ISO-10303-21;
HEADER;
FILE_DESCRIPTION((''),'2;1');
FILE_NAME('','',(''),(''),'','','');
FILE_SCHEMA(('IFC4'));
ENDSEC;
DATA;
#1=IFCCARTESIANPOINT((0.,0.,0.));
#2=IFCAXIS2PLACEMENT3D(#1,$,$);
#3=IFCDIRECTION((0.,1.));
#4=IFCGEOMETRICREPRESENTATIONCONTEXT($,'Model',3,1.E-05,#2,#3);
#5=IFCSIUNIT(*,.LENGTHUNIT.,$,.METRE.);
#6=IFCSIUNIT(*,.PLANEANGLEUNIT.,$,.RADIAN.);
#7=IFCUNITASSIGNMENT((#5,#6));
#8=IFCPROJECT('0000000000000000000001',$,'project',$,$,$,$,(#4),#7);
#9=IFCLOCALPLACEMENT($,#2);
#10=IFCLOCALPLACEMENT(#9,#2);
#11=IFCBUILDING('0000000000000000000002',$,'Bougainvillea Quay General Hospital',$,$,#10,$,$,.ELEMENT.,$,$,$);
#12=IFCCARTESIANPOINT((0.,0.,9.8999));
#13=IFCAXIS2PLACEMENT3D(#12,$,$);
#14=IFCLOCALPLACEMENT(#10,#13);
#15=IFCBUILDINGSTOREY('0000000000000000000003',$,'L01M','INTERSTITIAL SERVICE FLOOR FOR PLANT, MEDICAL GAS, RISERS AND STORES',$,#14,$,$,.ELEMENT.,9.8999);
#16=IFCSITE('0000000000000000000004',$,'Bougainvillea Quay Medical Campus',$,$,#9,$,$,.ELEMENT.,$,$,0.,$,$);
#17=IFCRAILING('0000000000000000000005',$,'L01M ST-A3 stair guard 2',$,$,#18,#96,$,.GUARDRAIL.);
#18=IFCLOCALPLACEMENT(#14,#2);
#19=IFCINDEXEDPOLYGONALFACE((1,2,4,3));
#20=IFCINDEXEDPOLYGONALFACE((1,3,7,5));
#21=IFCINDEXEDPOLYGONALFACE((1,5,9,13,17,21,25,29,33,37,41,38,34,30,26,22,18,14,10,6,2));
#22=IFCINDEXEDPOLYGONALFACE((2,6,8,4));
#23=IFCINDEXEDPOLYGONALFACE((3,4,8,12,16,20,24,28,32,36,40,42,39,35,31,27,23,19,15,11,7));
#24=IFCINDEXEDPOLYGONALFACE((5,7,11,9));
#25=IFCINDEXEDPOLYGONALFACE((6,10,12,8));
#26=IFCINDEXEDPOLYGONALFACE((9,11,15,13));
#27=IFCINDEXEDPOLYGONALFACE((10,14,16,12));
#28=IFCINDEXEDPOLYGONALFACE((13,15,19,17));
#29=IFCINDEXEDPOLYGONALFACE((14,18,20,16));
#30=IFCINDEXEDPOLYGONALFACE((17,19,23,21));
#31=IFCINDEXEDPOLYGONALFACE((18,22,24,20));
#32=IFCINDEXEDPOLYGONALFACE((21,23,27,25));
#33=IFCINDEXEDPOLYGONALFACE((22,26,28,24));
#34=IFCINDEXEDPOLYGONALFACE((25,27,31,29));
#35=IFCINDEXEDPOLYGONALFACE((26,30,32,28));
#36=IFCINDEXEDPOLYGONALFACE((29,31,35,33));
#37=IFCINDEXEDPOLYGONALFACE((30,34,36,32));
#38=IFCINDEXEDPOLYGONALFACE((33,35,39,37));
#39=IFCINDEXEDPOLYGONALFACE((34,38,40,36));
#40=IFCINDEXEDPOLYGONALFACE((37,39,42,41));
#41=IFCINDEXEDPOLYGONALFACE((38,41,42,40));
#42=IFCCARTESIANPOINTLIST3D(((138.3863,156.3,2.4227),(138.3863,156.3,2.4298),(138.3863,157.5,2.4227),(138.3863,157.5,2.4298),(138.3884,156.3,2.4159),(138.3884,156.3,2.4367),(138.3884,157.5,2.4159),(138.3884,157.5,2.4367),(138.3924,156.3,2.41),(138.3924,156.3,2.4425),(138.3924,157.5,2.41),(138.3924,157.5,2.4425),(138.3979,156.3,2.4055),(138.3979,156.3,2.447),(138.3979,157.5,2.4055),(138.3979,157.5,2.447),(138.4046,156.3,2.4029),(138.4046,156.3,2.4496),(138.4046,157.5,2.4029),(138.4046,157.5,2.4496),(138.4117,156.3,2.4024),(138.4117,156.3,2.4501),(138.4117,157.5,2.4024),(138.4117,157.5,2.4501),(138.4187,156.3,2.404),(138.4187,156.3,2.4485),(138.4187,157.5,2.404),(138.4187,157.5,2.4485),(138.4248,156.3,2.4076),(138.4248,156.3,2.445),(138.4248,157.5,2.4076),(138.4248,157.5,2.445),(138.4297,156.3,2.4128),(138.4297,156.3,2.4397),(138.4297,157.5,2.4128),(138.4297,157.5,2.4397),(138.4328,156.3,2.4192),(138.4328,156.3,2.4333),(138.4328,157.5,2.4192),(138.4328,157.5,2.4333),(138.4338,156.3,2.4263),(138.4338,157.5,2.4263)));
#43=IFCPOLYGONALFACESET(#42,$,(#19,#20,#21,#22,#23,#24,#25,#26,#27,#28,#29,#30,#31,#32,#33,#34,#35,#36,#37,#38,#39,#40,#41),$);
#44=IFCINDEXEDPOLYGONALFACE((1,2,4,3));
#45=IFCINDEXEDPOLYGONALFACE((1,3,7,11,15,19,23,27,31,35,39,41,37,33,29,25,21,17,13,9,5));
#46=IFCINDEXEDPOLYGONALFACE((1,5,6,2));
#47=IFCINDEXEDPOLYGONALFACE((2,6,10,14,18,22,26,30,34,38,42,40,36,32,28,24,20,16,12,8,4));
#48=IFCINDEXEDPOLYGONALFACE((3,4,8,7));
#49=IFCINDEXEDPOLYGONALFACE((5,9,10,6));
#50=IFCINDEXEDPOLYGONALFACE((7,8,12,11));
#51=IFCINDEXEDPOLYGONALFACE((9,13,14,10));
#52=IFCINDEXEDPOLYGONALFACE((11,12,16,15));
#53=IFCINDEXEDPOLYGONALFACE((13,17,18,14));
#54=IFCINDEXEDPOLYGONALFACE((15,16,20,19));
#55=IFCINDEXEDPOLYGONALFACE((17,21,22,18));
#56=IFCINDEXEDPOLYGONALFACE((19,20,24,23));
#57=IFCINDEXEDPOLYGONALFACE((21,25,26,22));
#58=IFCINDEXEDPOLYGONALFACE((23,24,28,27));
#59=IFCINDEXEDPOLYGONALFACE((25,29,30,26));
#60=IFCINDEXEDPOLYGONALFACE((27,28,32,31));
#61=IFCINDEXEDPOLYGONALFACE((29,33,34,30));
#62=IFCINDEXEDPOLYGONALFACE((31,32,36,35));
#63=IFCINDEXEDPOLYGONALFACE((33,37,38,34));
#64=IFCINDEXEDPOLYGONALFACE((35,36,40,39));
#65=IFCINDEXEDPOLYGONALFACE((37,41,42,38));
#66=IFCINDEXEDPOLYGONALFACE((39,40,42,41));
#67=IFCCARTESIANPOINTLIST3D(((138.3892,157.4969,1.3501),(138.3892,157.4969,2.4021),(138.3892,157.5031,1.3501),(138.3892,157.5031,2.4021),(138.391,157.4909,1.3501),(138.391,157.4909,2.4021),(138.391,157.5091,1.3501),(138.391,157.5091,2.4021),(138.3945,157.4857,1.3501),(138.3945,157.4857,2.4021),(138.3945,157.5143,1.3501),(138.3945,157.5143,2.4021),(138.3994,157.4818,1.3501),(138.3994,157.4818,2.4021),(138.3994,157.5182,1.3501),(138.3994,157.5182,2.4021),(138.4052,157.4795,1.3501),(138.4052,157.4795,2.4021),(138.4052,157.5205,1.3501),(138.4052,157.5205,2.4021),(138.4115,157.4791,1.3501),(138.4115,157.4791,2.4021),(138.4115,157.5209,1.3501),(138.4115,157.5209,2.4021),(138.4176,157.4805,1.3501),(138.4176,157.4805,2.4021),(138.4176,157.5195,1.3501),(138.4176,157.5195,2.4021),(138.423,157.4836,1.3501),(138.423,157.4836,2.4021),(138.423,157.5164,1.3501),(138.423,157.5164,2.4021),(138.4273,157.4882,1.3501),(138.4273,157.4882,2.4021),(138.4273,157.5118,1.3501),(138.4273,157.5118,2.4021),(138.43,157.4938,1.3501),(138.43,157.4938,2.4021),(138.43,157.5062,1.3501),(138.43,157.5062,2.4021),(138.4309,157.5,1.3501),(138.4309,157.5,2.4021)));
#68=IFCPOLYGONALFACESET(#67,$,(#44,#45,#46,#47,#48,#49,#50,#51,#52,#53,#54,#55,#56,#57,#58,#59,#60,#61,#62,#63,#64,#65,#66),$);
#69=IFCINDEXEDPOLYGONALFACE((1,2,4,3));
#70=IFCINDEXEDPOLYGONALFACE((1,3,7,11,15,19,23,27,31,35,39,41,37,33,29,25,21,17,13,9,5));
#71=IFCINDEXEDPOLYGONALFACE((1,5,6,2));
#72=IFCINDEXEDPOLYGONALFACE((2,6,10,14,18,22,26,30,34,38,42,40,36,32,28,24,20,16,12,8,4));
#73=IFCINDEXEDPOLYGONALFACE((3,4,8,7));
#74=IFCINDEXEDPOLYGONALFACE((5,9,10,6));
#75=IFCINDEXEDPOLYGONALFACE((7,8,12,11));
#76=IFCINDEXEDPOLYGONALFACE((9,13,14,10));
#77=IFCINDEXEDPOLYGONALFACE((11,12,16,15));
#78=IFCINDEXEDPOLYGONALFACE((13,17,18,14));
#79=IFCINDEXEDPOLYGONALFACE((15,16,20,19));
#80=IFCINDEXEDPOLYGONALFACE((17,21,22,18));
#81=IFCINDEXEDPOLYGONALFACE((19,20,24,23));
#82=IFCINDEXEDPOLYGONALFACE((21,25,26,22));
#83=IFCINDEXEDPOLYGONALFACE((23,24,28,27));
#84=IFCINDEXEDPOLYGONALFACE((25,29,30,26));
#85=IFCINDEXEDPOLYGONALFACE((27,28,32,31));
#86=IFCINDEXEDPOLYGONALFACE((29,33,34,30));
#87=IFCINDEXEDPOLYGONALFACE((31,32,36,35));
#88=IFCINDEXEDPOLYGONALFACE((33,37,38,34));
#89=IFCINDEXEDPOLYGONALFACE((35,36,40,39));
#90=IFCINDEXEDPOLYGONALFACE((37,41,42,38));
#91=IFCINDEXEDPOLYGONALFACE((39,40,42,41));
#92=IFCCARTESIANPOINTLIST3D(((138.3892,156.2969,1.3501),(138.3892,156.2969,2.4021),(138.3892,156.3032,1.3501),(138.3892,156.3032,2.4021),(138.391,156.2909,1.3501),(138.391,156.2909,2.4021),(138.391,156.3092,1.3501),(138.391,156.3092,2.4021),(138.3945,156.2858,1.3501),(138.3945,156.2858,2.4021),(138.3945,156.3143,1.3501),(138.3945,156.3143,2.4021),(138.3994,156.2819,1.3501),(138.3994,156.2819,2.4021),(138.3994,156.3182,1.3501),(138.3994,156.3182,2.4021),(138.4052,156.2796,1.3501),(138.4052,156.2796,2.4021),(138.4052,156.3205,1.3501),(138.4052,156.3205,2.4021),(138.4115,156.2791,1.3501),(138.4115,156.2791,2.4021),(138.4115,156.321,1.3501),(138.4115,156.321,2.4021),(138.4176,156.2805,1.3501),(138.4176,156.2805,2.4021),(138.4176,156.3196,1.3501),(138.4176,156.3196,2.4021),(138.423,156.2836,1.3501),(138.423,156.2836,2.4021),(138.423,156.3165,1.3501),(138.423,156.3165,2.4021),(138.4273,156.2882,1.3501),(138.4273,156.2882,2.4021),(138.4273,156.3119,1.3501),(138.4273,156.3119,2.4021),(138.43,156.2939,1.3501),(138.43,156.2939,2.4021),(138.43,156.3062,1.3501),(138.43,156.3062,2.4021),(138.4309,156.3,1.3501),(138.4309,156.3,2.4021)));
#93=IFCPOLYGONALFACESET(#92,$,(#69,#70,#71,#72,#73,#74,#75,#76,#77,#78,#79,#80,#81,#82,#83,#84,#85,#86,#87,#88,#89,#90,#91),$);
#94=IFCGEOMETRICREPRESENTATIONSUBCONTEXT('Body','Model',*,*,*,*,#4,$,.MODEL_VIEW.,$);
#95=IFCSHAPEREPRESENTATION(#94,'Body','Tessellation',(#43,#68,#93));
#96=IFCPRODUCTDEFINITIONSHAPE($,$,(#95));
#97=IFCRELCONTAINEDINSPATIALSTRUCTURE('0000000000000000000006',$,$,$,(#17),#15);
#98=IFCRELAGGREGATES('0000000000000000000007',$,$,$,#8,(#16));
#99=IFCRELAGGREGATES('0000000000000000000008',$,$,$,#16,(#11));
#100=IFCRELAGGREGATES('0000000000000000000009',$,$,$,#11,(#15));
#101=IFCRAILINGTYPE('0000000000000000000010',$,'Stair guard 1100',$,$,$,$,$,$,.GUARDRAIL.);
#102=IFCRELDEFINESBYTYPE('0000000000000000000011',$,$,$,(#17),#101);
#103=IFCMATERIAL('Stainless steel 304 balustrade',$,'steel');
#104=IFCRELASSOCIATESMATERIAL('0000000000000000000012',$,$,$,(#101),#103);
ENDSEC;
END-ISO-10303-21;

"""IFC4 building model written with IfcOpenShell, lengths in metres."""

from ifc_helpers import new_model, si_unit, direction, frame, origin, origin_2d, place, context, subcontext, project, spatial, circle, extrude, material, type_object, element, save


model = new_model("IFC4")

# Units and contexts
model_context = context("Model", 3, precision=1e-05, world=origin(), true_north=direction((0.0, 1.0)))
body_context = subcontext(model_context, "Body", "Model", "MODEL_VIEW")
ifc_project = project(units=[si_unit("LENGTHUNIT", "METRE"), si_unit("PLANEANGLEUNIT", "RADIAN")], contexts=[model_context])

# Site, building, storey
site_placement = place(None, origin())
site = spatial("IfcSite", under=ifc_project, at=site_placement, Name="Bougainvillea Quay Medical Campus", CompositionType="ELEMENT", RefElevation=0.0)
building_placement = place(site_placement, origin())
building = spatial("IfcBuilding", under=site, at=building_placement, Name="Bougainvillea Quay General Hospital", CompositionType="ELEMENT")
storey_placement = place(building_placement, frame((0.0, 0.0, 9.8999)))
storey = spatial("IfcBuildingStorey", under=building, at=storey_placement, Name="L01M", Description="INTERSTITIAL SERVICE FLOOR FOR PLANT, MEDICAL GAS, RISERS AND STORES", CompositionType="ELEMENT", Elevation=9.8999)

# Railing
ifc_material_1 = material(Name="Stainless steel 304 balustrade", Category="steel")
railing_type_1 = type_object("IfcRailingType", Name="Stair guard 1100", PredefinedType="GUARDRAIL", material=ifc_material_1)
railing_1_placement = place(storey_placement, frame((138.4099, 157.5, 1.3501)))
element("IfcRailing", 1, at=railing_1_placement, inside=storey, type_object=railing_type_1, Name="L01M ST-A3 stair guard 2", PredefinedType="GUARDRAIL", context=body_context, shape_type="SweptSolid", body=[
    extrude(circle(Radius=0.0239, at=origin_2d()), frame((0.0, 0.0, 1.0762), z_axis=(0.0, -1.0, 0.0), x_axis=(1.0, 0.0, 0.0)), (0.0, 0.0, 1.0), 1.2),
    extrude(circle(Radius=0.021, at=origin_2d()), origin(), (0.0, 0.0, 1.0), 1.052),
    extrude(circle(Radius=0.021, at=origin_2d()), frame((0.0, -1.2, 0.0)), (0.0, 0.0, 1.0), 1.052),
])

save(model, "model.ifc")
